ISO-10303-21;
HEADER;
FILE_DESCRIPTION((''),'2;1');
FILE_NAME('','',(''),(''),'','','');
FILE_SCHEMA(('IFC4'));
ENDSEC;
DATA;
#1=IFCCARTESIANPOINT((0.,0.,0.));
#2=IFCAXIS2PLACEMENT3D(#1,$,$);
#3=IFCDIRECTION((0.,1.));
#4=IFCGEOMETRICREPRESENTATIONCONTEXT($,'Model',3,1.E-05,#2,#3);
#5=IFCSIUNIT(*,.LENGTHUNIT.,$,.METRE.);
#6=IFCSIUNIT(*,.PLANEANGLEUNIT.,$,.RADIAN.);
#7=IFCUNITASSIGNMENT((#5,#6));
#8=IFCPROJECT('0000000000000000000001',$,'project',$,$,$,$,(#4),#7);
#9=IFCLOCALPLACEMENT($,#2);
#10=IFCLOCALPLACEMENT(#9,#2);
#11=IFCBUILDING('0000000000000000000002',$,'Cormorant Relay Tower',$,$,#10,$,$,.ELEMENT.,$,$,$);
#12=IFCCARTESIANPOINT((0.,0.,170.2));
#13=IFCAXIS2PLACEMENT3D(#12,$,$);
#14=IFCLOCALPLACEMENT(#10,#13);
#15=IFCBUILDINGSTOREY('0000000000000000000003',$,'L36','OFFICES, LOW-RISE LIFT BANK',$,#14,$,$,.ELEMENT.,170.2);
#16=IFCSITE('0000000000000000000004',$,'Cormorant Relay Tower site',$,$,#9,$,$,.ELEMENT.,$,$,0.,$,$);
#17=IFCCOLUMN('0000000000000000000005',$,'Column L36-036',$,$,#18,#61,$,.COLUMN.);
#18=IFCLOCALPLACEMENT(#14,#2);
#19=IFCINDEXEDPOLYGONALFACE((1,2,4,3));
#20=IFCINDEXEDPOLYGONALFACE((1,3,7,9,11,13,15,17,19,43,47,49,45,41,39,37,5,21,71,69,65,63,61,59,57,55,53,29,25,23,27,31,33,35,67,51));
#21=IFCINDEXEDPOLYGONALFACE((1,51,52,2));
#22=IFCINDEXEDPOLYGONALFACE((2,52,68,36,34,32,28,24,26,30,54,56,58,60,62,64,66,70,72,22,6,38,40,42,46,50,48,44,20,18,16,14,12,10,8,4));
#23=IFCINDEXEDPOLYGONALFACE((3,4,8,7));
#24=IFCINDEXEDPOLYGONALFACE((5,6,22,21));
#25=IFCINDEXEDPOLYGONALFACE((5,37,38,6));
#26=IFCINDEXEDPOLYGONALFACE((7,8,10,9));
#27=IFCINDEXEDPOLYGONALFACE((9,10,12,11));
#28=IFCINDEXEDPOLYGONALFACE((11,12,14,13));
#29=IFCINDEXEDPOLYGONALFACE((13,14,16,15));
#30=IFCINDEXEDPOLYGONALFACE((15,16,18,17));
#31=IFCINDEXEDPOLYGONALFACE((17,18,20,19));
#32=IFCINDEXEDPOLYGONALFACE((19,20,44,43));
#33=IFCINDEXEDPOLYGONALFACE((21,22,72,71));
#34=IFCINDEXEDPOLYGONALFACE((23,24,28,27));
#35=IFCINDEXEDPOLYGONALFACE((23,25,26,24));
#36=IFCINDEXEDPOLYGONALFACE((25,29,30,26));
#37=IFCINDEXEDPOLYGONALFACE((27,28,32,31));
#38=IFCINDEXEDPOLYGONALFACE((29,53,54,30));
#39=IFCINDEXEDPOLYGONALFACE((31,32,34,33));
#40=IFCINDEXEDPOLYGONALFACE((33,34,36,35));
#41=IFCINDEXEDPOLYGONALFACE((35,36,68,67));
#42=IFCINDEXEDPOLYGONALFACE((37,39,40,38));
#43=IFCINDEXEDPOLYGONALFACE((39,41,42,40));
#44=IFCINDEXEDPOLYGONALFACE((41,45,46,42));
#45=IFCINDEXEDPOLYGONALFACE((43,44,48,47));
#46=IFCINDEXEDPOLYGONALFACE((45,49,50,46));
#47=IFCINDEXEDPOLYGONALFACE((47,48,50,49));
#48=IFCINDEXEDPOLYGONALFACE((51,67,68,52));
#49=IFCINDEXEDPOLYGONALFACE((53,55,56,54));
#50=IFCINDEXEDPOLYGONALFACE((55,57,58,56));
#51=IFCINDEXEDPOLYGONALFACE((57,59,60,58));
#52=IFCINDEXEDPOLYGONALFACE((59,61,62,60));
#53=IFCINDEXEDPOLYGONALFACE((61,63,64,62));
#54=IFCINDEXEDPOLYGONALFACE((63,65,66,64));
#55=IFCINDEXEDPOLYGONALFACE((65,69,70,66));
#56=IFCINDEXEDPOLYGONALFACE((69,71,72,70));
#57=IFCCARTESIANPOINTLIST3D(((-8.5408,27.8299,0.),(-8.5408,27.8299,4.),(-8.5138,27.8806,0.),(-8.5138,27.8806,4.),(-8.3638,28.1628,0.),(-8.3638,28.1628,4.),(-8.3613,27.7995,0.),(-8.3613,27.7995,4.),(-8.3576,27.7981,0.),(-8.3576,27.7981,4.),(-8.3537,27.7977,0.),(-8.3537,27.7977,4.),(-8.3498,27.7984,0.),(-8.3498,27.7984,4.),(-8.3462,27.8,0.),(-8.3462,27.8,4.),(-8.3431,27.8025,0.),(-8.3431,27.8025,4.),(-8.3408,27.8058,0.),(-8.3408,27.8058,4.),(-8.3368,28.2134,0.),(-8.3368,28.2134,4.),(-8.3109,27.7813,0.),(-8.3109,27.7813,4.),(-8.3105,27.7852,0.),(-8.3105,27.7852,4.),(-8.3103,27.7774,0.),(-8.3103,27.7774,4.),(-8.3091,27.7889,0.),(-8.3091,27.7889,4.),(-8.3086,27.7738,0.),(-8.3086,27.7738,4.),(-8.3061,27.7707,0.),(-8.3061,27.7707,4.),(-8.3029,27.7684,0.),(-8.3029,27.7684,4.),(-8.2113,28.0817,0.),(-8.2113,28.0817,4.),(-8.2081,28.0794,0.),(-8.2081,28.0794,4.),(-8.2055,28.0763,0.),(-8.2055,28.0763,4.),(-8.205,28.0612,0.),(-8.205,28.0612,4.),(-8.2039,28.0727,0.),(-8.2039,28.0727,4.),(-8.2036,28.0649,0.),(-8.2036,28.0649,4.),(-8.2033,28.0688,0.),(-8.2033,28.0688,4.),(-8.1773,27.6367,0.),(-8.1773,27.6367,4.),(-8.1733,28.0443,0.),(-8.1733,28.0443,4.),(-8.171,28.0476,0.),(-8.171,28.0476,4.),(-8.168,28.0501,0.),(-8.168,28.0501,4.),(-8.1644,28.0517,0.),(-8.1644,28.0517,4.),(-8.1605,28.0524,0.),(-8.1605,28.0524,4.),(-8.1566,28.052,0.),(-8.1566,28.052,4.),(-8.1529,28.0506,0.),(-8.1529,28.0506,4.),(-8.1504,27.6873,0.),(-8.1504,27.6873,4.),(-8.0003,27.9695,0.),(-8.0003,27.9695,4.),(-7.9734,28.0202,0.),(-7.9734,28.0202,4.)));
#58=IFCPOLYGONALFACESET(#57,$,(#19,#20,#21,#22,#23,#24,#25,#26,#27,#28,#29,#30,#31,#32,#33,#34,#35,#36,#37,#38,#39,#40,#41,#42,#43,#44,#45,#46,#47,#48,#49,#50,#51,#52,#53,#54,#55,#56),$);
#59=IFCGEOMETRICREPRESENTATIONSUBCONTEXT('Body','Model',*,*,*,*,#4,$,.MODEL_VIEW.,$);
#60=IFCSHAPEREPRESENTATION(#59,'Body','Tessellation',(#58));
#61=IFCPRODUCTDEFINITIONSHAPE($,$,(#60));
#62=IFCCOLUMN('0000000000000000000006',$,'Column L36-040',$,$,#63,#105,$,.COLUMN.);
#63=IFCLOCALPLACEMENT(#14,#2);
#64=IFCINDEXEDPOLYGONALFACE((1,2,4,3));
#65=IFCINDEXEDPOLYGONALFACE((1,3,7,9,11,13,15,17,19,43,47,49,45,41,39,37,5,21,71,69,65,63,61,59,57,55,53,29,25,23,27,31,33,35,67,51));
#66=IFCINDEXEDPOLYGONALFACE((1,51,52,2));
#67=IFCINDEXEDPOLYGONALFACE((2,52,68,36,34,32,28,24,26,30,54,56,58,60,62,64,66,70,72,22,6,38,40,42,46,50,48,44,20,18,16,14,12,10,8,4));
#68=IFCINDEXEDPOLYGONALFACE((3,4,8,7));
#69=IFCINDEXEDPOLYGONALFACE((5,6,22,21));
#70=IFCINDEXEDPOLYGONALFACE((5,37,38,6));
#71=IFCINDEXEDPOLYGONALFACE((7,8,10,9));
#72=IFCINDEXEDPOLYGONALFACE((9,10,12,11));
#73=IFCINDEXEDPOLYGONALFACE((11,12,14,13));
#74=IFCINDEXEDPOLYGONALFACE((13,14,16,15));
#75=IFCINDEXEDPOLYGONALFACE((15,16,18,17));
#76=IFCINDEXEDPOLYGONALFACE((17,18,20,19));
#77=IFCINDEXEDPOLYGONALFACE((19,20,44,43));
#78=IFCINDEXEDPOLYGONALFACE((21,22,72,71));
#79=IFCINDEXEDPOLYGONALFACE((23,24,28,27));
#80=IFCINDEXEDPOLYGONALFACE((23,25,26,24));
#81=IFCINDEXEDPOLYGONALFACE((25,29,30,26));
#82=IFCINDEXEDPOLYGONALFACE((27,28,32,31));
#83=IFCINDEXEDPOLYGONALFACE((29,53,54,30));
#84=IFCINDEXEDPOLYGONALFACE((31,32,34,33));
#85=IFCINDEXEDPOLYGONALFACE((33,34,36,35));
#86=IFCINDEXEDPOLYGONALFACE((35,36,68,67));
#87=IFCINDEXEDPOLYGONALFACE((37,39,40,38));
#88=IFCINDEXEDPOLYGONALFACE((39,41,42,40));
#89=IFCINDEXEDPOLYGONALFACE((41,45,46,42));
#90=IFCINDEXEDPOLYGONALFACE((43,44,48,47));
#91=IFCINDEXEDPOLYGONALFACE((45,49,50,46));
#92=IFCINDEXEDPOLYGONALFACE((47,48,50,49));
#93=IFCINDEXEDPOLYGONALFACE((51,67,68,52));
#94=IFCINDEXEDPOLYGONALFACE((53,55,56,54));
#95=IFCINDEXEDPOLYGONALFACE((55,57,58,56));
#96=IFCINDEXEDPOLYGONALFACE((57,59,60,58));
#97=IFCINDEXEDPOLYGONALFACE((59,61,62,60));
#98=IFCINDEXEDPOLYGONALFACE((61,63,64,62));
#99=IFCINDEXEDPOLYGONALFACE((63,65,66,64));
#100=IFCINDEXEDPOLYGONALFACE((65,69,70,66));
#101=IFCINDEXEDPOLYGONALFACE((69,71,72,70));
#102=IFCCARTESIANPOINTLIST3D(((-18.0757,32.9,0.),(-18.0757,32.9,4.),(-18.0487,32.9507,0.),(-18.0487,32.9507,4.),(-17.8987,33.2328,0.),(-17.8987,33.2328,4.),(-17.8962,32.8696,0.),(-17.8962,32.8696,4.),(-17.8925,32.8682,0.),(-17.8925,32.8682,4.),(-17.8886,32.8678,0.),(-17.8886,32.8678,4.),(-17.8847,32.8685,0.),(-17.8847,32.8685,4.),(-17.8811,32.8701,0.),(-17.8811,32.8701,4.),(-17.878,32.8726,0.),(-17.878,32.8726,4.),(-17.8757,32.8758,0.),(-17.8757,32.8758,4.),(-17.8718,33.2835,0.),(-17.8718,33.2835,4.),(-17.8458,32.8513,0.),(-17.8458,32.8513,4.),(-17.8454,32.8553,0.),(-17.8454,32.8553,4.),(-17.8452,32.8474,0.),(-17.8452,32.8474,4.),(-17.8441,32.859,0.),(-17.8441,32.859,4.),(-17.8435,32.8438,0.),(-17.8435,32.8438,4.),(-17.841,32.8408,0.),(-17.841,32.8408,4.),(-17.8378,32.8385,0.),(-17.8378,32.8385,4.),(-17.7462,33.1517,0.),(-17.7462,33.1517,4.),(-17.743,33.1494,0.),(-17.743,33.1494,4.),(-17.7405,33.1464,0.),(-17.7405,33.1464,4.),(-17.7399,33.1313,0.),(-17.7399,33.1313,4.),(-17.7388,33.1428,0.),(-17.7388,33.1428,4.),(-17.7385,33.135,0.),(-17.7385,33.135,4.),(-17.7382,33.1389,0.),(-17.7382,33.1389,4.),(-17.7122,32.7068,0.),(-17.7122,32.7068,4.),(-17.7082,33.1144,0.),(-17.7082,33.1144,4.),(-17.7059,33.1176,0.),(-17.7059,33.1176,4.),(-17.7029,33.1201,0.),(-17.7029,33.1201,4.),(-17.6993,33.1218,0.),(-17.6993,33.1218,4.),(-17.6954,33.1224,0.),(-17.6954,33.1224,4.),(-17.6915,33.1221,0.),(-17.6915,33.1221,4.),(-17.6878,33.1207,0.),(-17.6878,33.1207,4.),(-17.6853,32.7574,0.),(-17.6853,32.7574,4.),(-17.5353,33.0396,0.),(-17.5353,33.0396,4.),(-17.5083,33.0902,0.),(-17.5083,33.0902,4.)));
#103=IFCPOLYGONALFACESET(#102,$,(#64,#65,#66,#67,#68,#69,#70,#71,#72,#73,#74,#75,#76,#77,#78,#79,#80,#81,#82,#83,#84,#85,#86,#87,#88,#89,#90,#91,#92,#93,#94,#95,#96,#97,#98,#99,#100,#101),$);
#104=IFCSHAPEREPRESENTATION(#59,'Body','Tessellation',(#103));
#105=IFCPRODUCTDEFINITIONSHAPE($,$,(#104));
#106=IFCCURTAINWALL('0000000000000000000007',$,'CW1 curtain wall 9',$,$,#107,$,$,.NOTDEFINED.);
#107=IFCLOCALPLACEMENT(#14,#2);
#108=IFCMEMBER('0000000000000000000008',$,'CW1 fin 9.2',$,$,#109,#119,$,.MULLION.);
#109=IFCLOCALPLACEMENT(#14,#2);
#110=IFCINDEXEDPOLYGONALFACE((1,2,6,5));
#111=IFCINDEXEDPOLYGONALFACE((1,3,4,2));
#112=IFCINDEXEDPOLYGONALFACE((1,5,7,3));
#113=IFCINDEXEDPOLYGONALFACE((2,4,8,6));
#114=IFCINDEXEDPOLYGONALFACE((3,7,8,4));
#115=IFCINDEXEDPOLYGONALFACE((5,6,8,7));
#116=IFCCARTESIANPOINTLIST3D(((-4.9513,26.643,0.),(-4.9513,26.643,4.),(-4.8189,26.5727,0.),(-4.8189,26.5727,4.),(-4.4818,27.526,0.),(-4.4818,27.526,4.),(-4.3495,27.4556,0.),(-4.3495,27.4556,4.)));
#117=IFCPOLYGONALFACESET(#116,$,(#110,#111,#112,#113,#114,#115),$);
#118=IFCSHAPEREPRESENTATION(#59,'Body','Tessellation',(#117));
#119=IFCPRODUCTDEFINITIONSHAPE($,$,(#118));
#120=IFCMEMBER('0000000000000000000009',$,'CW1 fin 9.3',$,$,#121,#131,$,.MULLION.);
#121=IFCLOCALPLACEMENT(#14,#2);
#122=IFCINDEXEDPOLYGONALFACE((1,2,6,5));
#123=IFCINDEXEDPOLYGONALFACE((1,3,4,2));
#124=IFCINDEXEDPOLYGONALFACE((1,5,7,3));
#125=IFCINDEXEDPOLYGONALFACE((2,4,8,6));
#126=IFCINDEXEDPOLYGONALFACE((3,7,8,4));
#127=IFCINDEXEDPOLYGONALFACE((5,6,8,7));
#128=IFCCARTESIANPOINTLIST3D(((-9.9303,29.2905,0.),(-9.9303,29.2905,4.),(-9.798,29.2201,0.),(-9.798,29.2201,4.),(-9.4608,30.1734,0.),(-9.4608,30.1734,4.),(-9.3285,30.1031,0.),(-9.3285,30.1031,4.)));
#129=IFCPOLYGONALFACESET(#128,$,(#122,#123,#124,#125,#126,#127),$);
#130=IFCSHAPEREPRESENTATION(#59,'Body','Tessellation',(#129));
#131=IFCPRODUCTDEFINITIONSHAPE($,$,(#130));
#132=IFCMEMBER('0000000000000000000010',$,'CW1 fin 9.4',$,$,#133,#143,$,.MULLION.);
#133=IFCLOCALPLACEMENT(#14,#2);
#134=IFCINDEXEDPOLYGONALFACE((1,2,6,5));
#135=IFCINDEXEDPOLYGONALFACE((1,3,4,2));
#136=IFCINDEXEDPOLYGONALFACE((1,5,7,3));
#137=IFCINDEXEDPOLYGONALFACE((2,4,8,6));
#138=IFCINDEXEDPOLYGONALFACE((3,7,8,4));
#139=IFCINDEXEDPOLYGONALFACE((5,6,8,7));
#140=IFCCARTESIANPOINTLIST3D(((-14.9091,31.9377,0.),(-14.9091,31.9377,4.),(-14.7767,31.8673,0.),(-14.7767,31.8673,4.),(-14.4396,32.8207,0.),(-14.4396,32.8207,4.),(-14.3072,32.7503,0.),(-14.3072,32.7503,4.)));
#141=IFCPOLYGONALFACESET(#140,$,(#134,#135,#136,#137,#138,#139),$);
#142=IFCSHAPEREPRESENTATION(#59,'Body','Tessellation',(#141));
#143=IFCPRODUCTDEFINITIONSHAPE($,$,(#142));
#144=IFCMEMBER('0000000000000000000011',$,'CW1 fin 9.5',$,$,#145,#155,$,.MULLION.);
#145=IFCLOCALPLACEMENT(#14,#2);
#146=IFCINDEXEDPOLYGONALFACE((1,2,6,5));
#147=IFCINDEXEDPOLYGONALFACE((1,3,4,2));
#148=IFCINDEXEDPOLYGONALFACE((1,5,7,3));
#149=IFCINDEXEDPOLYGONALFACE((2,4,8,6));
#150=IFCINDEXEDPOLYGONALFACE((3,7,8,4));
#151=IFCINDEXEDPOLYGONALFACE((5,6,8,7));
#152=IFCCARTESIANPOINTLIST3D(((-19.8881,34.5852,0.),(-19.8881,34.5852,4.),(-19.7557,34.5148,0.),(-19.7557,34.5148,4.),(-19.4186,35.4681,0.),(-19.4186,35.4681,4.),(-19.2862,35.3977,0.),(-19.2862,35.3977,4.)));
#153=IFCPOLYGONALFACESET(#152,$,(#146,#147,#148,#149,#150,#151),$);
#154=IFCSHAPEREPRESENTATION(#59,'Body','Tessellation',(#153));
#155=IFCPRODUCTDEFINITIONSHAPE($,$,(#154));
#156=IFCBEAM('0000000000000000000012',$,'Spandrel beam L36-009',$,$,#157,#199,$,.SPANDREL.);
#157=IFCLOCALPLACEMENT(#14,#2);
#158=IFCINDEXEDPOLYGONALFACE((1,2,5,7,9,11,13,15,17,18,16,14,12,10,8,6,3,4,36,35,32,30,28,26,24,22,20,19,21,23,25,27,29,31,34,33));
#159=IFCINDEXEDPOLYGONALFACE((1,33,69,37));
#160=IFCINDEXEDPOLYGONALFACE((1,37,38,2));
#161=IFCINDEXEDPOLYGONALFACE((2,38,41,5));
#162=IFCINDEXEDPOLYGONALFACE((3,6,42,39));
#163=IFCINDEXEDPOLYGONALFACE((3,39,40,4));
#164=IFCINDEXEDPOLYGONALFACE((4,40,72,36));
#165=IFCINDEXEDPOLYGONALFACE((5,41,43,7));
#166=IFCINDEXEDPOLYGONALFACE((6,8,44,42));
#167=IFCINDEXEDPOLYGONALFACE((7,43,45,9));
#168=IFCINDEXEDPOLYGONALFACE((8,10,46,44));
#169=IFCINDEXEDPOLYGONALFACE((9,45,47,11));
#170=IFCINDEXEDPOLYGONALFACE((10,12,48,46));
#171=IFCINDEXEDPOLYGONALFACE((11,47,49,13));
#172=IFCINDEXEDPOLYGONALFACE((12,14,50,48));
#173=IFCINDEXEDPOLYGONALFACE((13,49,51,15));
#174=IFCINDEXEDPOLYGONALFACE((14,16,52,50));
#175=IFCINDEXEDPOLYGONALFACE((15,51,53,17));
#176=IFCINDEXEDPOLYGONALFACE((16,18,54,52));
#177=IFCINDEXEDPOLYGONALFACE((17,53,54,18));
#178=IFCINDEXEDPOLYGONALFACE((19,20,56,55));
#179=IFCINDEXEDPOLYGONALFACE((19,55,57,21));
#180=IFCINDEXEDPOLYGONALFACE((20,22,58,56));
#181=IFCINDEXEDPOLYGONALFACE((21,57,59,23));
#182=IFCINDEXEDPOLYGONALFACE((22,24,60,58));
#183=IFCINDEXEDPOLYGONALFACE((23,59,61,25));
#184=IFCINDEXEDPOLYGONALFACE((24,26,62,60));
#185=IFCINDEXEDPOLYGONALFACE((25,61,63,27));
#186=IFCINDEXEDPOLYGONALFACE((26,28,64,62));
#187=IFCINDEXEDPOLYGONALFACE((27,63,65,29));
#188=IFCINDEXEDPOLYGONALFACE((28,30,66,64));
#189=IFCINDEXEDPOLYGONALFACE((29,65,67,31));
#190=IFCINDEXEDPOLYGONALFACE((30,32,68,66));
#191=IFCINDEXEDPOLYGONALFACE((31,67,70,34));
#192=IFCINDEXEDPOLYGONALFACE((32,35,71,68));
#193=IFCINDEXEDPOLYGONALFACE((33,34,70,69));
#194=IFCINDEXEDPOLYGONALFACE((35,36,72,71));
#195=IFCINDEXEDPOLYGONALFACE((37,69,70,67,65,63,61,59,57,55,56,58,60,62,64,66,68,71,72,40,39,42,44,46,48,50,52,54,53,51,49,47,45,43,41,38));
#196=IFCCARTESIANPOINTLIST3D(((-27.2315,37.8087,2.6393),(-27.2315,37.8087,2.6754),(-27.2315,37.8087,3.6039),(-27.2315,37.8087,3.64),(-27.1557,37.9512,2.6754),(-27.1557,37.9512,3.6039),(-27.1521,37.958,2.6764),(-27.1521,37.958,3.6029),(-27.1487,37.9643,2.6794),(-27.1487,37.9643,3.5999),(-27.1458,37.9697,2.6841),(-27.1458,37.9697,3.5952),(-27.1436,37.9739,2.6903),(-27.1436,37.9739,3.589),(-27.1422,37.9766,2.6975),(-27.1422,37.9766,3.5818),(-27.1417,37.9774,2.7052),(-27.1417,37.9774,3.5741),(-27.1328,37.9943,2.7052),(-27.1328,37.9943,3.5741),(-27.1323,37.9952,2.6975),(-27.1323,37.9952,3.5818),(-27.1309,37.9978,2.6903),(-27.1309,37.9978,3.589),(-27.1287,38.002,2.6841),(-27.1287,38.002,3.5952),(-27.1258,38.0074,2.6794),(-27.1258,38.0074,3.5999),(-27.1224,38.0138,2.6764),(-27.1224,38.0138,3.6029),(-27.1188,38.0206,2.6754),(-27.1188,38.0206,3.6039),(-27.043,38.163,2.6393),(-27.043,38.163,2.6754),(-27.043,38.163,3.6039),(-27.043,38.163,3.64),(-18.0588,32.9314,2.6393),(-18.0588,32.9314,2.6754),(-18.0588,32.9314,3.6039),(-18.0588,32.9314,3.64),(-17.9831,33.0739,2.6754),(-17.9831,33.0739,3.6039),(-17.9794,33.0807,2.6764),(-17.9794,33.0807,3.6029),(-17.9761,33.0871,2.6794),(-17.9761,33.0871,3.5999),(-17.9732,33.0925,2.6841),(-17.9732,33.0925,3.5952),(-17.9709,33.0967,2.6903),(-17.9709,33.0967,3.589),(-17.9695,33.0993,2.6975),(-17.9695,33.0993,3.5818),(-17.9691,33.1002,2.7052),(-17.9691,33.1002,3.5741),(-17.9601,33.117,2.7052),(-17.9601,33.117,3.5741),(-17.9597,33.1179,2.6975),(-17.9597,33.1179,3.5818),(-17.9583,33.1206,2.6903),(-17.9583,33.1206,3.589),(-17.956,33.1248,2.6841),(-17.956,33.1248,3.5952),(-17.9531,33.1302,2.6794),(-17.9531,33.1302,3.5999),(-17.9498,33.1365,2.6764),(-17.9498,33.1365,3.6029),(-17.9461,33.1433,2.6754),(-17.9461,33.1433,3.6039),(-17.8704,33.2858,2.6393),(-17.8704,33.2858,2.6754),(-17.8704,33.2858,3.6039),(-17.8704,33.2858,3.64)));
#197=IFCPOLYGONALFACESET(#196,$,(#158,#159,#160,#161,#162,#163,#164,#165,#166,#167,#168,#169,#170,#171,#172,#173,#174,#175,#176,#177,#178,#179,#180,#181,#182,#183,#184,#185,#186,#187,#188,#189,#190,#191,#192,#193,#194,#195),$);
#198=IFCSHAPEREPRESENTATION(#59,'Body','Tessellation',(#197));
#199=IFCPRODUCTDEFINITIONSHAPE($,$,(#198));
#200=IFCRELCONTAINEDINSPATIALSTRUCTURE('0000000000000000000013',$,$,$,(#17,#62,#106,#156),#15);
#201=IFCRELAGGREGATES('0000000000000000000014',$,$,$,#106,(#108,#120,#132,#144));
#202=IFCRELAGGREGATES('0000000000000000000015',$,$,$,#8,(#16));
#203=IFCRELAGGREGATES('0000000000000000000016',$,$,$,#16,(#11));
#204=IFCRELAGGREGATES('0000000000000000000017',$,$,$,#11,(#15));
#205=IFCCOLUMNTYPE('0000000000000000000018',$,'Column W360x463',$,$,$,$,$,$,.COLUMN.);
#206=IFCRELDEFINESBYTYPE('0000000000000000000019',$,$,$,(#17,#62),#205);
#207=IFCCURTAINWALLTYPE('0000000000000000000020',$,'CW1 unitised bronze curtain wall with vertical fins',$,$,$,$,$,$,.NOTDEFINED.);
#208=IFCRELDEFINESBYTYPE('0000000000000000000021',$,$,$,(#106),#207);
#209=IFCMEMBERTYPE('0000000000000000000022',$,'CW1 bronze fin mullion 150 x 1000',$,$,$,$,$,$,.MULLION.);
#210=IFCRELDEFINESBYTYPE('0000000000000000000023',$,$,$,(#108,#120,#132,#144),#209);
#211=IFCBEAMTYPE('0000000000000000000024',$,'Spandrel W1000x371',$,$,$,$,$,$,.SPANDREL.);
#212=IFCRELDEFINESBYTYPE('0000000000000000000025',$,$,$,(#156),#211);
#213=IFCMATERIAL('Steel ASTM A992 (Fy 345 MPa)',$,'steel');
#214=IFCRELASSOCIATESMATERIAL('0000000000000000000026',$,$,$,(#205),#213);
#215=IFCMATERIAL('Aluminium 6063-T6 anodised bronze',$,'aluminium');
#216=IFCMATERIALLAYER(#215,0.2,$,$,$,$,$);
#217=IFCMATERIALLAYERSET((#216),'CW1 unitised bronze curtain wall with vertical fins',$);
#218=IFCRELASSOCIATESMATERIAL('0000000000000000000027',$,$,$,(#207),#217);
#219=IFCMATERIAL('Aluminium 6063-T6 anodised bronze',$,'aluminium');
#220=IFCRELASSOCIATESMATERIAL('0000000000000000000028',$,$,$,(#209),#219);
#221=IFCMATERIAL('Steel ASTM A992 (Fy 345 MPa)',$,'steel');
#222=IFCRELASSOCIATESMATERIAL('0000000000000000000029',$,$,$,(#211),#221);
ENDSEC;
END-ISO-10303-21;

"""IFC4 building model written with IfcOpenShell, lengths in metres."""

from ifc_helpers import new_model, si_unit, direction, frame, origin, origin_2d, place, context, subcontext, project, spatial, rectangle, i_section, extrude, material, layer, layer_set, material_profile, profile_set, type_object, element, aggregate, save


model = new_model("IFC4")

# Units and contexts
model_context = context("Model", 3, precision=1e-05, world=origin(), true_north=direction((0.0, 1.0)))
body_context = subcontext(model_context, "Body", "Model", "MODEL_VIEW")
ifc_project = project(units=[si_unit("LENGTHUNIT", "METRE"), si_unit("PLANEANGLEUNIT", "RADIAN")], contexts=[model_context])

# Site, building, storey
site_placement = place(None, origin())
site = spatial("IfcSite", under=ifc_project, at=site_placement, Name="Cormorant Relay Tower site", CompositionType="ELEMENT", RefElevation=0.0)
building_placement = place(site_placement, origin())
building = spatial("IfcBuilding", under=site, at=building_placement, Name="Cormorant Relay Tower", CompositionType="ELEMENT")
storey_placement = place(building_placement, frame((0.0, 0.0, 170.2)))
storey = spatial("IfcBuildingStorey", under=building, at=storey_placement, Name="L36", Description="OFFICES, LOW-RISE LIFT BANK", CompositionType="ELEMENT", Elevation=170.2)

# Columns
ifc_material_1 = material(Name="Steel ASTM A992 (Fy 345 MPa)", Category="steel")
ifc_material_profile_1 = material_profile(ifc_material_1, i_section(OverallWidth=0.4116, OverallDepth=0.4343, WebThickness=0.0359, FlangeThickness=0.0574, FilletRadius=0.0151, at=origin_2d()), Name="W360x463")
ifc_profile_set_1 = profile_set([ifc_material_profile_1], Name="Steel ASTM A992 (Fy 345 MPa)")
column_type = type_object("IfcColumnType", Name="Column W360x463", PredefinedType="COLUMN", material=ifc_profile_set_1)
for number, where, z_axis, x_axis, name in (
    (1, (-8.2571, 27.925, 0.0), (0.0, 0.0, 1.0), (-0.882948, 0.469472, 0.0), "Column L36-036"),
    (2, (-17.792, 32.9951, 0.0), (0.0, 0.0, 1.0), (-0.882948, 0.469472, 0.0), "Column L36-040"),
):
    element("IfcColumn", number, at=place(storey_placement, frame(where, z_axis=z_axis, x_axis=x_axis)), inside=storey, type_object=column_type, Name=name, PredefinedType="COLUMN", context=body_context, shape_type="SweptSolid", body=[
        extrude(i_section(OverallWidth=0.4116, OverallDepth=0.4343, WebThickness=0.0359, FlangeThickness=0.0574, FilletRadius=0.0151, at=origin_2d()), origin(), (0.0, 0.0, 1.0), 4.0),
    ])

# Curtain wall, members
ifc_material_2 = material(Name="Aluminium 6063-T6 anodised bronze", Category="aluminium")
ifc_layer_1 = layer(ifc_material_2, 0.2)
ifc_layer_set_1 = layer_set([ifc_layer_1], Name="CW1 unitised bronze curtain wall with vertical fins")
curtain_wall_type = type_object("IfcCurtainWallType", Name="CW1 unitised bronze curtain wall with vertical fins", PredefinedType="NOTDEFINED", material=ifc_layer_set_1)
curtain_wall_placement = place(storey_placement, origin())
curtain_wall = element("IfcCurtainWall", 3, at=curtain_wall_placement, inside=storey, type_object=curtain_wall_type, Name="CW1 curtain wall 9", PredefinedType="NOTDEFINED")
ifc_material_3 = material(Name="Aluminium 6063-T6 anodised bronze", Category="aluminium")
ifc_material_profile_2 = material_profile(ifc_material_3, rectangle(XDim=0.1499, YDim=1.0, at=origin_2d()), Name="AL 150x1000")
ifc_profile_set_2 = profile_set([ifc_material_profile_2], Name="Aluminium 6063-T6 anodised bronze")
member_type = type_object("IfcMemberType", Name="CW1 bronze fin mullion 150 x 1000", PredefinedType="MULLION", material=ifc_profile_set_2)
member_1_placement = place(storey_placement, frame((-4.6504, 27.0493, 0.0), z_axis=(0.0, 0.0, 1.0), x_axis=(-0.882948, 0.469472, 0.0)))
member_1 = element("IfcMember", 4, at=member_1_placement, type_object=member_type, Name="CW1 fin 9.2", PredefinedType="MULLION", context=body_context, shape_type="SweptSolid", body=[
    extrude(rectangle(XDim=0.1499, YDim=1.0, at=origin_2d()), origin(), (0.0, 0.0, 1.0), 4.0),
])
member_2_placement = place(storey_placement, frame((-9.6294, 29.6968, 0.0), z_axis=(0.0, 0.0, 1.0), x_axis=(-0.882948, 0.469472, 0.0)))
member_2 = element("IfcMember", 5, at=member_2_placement, type_object=member_type, Name="CW1 fin 9.3", PredefinedType="MULLION", context=body_context, shape_type="SweptSolid", body=[
    extrude(rectangle(XDim=0.1499, YDim=1.0, at=origin_2d()), origin(), (0.0, 0.0, 1.0), 4.0),
])
member_3_placement = place(storey_placement, frame((-14.6082, 32.344, 0.0), z_axis=(0.0, 0.0, 1.0), x_axis=(-0.882948, 0.469472, 0.0)))
member_3 = element("IfcMember", 6, at=member_3_placement, type_object=member_type, Name="CW1 fin 9.4", PredefinedType="MULLION", context=body_context, shape_type="SweptSolid", body=[
    extrude(rectangle(XDim=0.1499, YDim=1.0, at=origin_2d()), origin(), (0.0, 0.0, 1.0), 4.0),
])
member_4_placement = place(storey_placement, frame((-19.5872, 34.9915, 0.0), z_axis=(0.0, 0.0, 1.0), x_axis=(-0.882948, 0.469472, 0.0)))
member_4 = element("IfcMember", 7, at=member_4_placement, type_object=member_type, Name="CW1 fin 9.5", PredefinedType="MULLION", context=body_context, shape_type="SweptSolid", body=[
    extrude(rectangle(XDim=0.1499, YDim=1.0, at=origin_2d()), origin(), (0.0, 0.0, 1.0), 4.0),
])

# Beam
ifc_material_4 = material(Name="Steel ASTM A992 (Fy 345 MPa)", Category="steel")
ifc_material_profile_3 = material_profile(ifc_material_4, i_section(OverallWidth=0.4014, OverallDepth=1.0007, WebThickness=0.019, FlangeThickness=0.0361, FilletRadius=0.0298, at=origin_2d()), Name="W1000x371")
ifc_profile_set_3 = profile_set([ifc_material_profile_3], Name="Steel ASTM A992 (Fy 345 MPa)")
beam_type_1 = type_object("IfcBeamType", Name="Spandrel W1000x371", PredefinedType="SPANDREL", material=ifc_profile_set_3)
beam_1_placement = place(storey_placement, frame((-17.9646, 33.1086, 3.1396), z_axis=(-0.882946, 0.469474, 0.0), x_axis=(-0.469474, -0.882946, 0.0)))
element("IfcBeam", 8, at=beam_1_placement, inside=storey, type_object=beam_type_1, Name="Spandrel beam L36-009", PredefinedType="SPANDREL", context=body_context, shape_type="SweptSolid", body=[
    extrude(i_section(OverallWidth=0.4014, OverallDepth=1.0007, WebThickness=0.019, FlangeThickness=0.0361, FilletRadius=0.0298, at=origin_2d()), origin(), (0.0, 0.0, 1.0), 10.3887),
])

aggregate(curtain_wall, [member_1, member_2, member_3, member_4])

save(model, "model.ifc")
